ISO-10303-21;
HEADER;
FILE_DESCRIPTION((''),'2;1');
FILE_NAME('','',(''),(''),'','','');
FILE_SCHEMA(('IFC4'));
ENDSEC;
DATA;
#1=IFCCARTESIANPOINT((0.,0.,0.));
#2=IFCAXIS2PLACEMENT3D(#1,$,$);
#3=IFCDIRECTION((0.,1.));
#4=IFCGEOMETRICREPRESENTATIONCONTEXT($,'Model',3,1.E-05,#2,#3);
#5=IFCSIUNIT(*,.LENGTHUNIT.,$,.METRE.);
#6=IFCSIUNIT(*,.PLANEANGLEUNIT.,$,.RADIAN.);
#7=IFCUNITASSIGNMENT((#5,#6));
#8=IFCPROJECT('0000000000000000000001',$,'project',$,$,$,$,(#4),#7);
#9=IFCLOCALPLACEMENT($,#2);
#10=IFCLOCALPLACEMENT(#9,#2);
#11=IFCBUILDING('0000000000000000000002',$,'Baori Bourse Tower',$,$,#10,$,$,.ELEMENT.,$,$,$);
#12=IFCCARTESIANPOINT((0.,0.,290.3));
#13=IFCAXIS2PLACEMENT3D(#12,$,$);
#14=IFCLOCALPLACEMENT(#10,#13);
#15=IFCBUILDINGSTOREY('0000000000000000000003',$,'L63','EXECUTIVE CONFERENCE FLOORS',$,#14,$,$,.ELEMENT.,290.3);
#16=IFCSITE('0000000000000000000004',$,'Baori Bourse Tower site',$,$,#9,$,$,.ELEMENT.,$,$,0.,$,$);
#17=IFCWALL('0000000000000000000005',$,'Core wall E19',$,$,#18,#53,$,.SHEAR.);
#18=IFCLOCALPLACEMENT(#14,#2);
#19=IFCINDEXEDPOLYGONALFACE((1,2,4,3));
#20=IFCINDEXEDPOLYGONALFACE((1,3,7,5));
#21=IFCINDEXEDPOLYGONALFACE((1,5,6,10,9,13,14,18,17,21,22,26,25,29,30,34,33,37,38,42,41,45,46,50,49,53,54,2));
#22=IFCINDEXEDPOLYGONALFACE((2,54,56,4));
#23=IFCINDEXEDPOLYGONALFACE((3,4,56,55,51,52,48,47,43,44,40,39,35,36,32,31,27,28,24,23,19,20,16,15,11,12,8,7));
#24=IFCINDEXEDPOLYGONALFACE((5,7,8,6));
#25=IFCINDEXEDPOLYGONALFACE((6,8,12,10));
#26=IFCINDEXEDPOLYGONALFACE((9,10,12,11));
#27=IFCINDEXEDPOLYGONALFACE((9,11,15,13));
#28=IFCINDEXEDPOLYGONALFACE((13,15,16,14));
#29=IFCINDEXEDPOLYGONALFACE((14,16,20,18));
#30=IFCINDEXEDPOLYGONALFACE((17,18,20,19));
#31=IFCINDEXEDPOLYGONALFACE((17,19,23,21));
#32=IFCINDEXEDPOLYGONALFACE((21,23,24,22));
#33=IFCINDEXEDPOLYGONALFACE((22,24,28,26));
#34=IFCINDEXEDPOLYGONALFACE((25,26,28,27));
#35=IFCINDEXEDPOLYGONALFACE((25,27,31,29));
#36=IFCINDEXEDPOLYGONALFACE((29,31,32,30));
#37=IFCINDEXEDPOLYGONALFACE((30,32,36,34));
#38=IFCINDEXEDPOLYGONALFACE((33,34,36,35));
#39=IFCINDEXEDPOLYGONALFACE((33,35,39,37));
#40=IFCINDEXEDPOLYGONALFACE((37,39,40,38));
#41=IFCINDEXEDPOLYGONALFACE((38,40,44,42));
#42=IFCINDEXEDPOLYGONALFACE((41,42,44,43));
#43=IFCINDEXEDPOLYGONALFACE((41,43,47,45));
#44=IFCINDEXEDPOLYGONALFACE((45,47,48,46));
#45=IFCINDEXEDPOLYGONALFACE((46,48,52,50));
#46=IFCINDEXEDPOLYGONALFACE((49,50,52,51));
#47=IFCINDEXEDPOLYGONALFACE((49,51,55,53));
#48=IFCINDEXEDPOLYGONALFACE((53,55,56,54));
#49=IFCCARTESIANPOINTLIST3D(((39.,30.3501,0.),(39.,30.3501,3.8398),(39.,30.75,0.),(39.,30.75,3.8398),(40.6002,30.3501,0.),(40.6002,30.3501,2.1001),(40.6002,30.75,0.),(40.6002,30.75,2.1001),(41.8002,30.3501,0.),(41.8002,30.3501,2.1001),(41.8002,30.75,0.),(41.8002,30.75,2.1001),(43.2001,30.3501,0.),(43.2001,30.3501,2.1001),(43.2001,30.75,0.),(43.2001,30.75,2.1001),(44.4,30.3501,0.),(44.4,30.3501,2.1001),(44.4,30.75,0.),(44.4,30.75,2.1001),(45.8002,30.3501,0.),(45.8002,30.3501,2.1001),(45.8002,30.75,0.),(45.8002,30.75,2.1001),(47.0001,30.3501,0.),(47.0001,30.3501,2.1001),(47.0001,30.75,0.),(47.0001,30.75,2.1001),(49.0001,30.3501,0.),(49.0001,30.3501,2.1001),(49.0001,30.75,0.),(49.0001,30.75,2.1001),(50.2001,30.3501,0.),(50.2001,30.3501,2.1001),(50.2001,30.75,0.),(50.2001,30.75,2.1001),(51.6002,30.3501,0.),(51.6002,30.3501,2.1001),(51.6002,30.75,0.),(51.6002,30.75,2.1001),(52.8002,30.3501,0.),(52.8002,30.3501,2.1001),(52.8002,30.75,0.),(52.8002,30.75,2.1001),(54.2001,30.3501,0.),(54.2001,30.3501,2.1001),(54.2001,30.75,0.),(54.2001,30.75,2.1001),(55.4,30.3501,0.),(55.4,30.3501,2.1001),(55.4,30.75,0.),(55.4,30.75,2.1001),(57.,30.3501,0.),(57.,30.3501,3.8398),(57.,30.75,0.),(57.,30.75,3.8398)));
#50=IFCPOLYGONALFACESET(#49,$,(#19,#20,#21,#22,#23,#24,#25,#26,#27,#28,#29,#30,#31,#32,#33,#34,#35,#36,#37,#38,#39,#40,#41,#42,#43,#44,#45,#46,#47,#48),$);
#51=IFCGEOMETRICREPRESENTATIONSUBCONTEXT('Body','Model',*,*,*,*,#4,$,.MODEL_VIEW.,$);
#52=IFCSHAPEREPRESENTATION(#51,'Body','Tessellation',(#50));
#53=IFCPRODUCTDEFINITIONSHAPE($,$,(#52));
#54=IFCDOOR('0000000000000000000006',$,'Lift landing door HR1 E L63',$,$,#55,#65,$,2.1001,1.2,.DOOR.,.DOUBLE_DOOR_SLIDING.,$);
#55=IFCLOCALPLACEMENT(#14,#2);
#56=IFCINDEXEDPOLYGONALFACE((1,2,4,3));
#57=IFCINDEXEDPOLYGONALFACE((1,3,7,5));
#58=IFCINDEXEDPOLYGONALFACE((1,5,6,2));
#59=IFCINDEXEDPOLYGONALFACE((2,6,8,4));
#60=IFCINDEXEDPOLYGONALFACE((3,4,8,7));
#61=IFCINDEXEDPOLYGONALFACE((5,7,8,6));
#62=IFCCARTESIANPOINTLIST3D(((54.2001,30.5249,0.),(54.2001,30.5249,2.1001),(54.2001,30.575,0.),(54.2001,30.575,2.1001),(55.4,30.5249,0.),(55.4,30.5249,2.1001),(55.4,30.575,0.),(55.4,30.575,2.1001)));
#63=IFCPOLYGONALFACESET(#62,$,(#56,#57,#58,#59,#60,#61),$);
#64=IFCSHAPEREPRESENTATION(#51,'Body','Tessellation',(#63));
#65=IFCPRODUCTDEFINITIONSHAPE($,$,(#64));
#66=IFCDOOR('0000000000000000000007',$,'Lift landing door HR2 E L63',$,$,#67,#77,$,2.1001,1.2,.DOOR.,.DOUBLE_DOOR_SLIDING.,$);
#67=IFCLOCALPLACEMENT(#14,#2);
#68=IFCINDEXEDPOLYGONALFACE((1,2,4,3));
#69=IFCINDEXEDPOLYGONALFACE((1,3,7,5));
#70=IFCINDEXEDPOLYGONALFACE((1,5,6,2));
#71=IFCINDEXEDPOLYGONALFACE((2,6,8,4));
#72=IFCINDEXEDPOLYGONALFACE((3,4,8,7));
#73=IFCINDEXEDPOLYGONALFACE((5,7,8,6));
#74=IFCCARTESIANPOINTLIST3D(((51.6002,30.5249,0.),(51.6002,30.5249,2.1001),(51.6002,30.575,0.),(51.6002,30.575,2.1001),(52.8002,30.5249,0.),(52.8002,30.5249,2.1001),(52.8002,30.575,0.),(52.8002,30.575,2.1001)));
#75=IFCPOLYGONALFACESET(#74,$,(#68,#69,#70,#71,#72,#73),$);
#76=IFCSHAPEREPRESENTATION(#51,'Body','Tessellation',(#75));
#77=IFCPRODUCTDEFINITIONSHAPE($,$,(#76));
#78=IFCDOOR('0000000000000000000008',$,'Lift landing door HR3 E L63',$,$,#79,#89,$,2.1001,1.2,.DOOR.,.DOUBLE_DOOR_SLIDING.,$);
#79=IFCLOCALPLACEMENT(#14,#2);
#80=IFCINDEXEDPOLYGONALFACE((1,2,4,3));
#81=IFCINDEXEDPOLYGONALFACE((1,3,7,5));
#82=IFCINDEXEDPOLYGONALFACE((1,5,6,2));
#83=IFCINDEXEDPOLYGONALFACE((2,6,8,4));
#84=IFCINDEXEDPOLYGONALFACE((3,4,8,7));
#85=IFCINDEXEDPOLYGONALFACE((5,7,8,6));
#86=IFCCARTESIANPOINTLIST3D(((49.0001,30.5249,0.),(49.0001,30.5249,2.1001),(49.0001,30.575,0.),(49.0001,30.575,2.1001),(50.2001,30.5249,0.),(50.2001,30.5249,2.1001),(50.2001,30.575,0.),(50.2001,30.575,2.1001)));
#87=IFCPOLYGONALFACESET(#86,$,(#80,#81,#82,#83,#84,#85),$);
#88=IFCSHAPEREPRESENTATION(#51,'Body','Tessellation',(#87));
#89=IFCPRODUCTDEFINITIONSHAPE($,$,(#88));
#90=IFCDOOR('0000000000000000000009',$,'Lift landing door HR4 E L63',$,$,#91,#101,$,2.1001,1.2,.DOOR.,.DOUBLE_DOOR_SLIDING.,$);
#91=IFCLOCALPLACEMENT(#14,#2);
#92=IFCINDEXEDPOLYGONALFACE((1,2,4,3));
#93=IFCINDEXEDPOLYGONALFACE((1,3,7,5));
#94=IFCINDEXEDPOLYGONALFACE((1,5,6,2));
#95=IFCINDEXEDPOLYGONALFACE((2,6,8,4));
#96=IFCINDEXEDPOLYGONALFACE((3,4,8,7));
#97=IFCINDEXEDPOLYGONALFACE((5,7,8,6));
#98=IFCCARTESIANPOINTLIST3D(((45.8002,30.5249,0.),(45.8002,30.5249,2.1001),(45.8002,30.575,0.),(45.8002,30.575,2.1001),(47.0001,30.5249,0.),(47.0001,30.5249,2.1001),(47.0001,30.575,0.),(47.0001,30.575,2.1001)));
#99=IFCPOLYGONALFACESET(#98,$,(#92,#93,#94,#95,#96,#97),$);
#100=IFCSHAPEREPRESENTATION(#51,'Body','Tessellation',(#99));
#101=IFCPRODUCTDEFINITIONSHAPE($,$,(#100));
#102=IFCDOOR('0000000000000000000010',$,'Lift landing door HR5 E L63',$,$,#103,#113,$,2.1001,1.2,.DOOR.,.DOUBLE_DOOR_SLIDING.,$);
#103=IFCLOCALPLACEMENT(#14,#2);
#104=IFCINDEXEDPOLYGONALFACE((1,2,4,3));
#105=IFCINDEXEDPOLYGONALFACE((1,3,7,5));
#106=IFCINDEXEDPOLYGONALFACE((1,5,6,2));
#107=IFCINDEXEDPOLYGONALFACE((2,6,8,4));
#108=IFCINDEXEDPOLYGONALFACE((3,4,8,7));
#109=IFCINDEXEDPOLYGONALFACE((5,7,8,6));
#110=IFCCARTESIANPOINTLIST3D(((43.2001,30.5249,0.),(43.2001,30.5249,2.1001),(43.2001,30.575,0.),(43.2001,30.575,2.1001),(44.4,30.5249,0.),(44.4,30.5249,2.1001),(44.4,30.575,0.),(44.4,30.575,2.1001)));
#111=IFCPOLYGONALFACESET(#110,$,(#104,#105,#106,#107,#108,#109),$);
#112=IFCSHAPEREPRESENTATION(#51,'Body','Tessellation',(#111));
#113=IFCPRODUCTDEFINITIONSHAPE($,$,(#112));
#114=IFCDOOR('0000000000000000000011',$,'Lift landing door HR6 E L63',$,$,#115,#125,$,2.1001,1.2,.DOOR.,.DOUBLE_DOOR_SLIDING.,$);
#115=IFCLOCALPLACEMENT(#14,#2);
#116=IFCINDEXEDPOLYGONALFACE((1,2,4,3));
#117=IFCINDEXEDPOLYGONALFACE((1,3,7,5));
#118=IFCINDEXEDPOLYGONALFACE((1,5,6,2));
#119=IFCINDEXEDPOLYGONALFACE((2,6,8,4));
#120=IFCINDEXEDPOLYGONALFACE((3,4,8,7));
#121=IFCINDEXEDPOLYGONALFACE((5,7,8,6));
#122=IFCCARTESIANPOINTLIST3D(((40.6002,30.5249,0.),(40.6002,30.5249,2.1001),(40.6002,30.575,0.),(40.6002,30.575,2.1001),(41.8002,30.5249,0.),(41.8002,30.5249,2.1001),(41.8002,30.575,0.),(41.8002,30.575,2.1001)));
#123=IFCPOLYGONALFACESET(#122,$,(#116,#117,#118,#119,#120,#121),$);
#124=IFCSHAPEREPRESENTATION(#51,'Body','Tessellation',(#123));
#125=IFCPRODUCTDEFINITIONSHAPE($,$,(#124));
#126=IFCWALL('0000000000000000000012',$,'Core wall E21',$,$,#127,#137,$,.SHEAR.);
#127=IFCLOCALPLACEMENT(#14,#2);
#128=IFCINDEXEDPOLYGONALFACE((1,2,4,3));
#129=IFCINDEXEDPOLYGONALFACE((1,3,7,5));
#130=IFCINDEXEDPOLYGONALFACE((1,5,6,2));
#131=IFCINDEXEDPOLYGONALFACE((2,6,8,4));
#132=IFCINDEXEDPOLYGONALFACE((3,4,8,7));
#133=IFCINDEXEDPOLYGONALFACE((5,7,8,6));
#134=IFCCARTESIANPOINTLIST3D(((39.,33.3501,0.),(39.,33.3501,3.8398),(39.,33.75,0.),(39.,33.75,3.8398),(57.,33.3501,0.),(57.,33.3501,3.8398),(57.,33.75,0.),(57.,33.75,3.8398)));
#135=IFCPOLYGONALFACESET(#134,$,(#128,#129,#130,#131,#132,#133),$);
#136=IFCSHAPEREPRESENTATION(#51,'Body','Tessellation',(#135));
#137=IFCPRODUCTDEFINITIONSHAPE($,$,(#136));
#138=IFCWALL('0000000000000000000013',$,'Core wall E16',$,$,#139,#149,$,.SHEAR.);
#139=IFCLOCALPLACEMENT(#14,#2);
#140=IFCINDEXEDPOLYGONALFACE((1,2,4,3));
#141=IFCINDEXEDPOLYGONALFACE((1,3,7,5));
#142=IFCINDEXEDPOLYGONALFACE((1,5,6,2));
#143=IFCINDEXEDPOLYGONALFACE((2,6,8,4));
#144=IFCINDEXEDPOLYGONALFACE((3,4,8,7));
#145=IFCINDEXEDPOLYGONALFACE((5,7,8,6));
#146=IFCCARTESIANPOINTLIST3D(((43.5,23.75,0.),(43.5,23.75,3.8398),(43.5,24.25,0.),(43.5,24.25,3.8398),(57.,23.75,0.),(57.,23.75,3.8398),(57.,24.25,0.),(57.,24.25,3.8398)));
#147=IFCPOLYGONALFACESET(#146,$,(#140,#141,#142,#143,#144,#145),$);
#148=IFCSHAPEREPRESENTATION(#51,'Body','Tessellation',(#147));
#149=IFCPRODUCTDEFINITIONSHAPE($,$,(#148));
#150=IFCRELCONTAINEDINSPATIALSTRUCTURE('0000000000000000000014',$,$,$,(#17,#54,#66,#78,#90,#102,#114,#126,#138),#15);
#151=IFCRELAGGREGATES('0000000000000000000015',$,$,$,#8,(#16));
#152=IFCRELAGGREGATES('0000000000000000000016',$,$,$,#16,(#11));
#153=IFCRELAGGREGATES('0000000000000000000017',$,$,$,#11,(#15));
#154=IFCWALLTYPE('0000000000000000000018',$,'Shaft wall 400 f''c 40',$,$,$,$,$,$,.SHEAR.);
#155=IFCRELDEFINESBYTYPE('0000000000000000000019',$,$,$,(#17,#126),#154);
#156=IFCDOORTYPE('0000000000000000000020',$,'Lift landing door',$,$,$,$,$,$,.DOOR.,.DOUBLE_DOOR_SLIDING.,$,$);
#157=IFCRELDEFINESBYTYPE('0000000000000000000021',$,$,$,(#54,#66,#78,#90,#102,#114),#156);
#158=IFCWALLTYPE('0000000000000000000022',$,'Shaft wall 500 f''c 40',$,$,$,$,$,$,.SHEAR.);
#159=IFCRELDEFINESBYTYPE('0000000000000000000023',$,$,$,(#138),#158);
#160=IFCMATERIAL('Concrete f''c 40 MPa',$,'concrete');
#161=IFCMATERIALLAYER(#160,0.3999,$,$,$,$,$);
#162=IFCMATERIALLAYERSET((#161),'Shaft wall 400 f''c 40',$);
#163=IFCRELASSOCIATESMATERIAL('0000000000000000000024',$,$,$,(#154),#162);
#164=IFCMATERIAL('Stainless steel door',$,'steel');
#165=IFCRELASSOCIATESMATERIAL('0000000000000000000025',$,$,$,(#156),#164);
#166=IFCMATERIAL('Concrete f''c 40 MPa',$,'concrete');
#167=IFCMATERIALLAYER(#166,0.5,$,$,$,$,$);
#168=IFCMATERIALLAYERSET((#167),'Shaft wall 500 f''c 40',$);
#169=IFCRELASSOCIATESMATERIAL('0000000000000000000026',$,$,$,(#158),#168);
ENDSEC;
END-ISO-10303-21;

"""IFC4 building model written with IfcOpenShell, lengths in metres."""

from ifc_helpers import new_model, si_unit, direction, frame, frame_2d, origin, place, context, subcontext, project, spatial, rectangle, extrude, material, layer, layer_set, type_object, element, fill, save


model = new_model("IFC4")

# Units and contexts
model_context = context("Model", 3, precision=1e-05, world=origin(), true_north=direction((0.0, 1.0)))
body_context = subcontext(model_context, "Body", "Model", "MODEL_VIEW")
ifc_project = project(units=[si_unit("LENGTHUNIT", "METRE"), si_unit("PLANEANGLEUNIT", "RADIAN")], contexts=[model_context])

# Site, building, storey
site_placement = place(None, origin())
site = spatial("IfcSite", under=ifc_project, at=site_placement, Name="Baori Bourse Tower site", CompositionType="ELEMENT", RefElevation=0.0)
building_placement = place(site_placement, origin())
building = spatial("IfcBuilding", under=site, at=building_placement, Name="Baori Bourse Tower", CompositionType="ELEMENT")
storey_placement = place(building_placement, frame((0.0, 0.0, 290.3)))
storey = spatial("IfcBuildingStorey", under=building, at=storey_placement, Name="L63", Description="EXECUTIVE CONFERENCE FLOORS", CompositionType="ELEMENT", Elevation=290.3)

# Wall, openings, doors
ifc_material_1 = material(Name="Concrete f'c 40 MPa", Category="concrete")
ifc_layer_1 = layer(ifc_material_1, 0.3999)
ifc_layer_set_1 = layer_set([ifc_layer_1], Name="Shaft wall 400 f'c 40")
wall_type_1 = type_object("IfcWallType", Name="Shaft wall 400 f'c 40", PredefinedType="SHEAR", material=ifc_layer_set_1)
ifc_material_2 = material(Name="Stainless steel door", Category="steel")
door_type_1 = type_object("IfcDoorType", Name="Lift landing door", OperationType="DOUBLE_DOOR_SLIDING", PredefinedType="DOOR", material=ifc_material_2)
wall_1_placement = place(storey_placement, frame((39.0, 30.55, 0.0), z_axis=(0.0, 0.0, 1.0), x_axis=(1.0, 0.0, 0.0)))
wall_1 = element("IfcWall", 1, at=wall_1_placement, inside=storey, type_object=wall_type_1, Name="Core wall E19", PredefinedType="SHEAR", context=body_context, shape_type="SweptSolid", body=[
    extrude(rectangle(XDim=18.0, YDim=0.3999, at=frame_2d((9.0, 0.0))), origin(), (0.0, 0.0, 1.0), 3.8398),
])
opening_1_placement = place(wall_1_placement, frame((15.2, 0.0, 0.0)))
opening_1 = element("IfcOpeningElement", 2, at=opening_1_placement, cuts=wall_1, PredefinedType="OPENING", context=body_context, shape_type="SweptSolid", body=[
    extrude(rectangle(XDim=1.2, YDim=2.1001, at=frame_2d((0.6001, 1.05))), frame((0.0, 0.21, 0.0), z_axis=(0.0, -1.0, 0.0), x_axis=(1.0, 0.0, 0.0)), (0.0, 0.0, 1.0), 0.4199),
])
opening_2_placement = place(wall_1_placement, frame((12.6001, 0.0, 0.0)))
opening_2 = element("IfcOpeningElement", 3, at=opening_2_placement, cuts=wall_1, PredefinedType="OPENING", context=body_context, shape_type="SweptSolid", body=[
    extrude(rectangle(XDim=1.2, YDim=2.1001, at=frame_2d((0.6001, 1.05))), frame((0.0, 0.21, 0.0), z_axis=(0.0, -1.0, 0.0), x_axis=(1.0, 0.0, 0.0)), (0.0, 0.0, 1.0), 0.4199),
])
opening_3_placement = place(wall_1_placement, frame((10.0, 0.0, 0.0)))
opening_3 = element("IfcOpeningElement", 4, at=opening_3_placement, cuts=wall_1, PredefinedType="OPENING", context=body_context, shape_type="SweptSolid", body=[
    extrude(rectangle(XDim=1.2, YDim=2.1001, at=frame_2d((0.6001, 1.05))), frame((0.0, 0.21, 0.0), z_axis=(0.0, -1.0, 0.0), x_axis=(1.0, 0.0, 0.0)), (0.0, 0.0, 1.0), 0.4199),
])
opening_4_placement = place(wall_1_placement, frame((6.8, 0.0, 0.0)))
opening_4 = element("IfcOpeningElement", 5, at=opening_4_placement, cuts=wall_1, PredefinedType="OPENING", context=body_context, shape_type="SweptSolid", body=[
    extrude(rectangle(XDim=1.2, YDim=2.1001, at=frame_2d((0.6001, 1.05))), frame((0.0, 0.21, 0.0), z_axis=(0.0, -1.0, 0.0), x_axis=(1.0, 0.0, 0.0)), (0.0, 0.0, 1.0), 0.4199),
])
opening_5_placement = place(wall_1_placement, frame((4.2, 0.0, 0.0)))
opening_5 = element("IfcOpeningElement", 6, at=opening_5_placement, cuts=wall_1, PredefinedType="OPENING", context=body_context, shape_type="SweptSolid", body=[
    extrude(rectangle(XDim=1.2, YDim=2.1001, at=frame_2d((0.6001, 1.05))), frame((0.0, 0.21, 0.0), z_axis=(0.0, -1.0, 0.0), x_axis=(1.0, 0.0, 0.0)), (0.0, 0.0, 1.0), 0.4199),
])
opening_6_placement = place(wall_1_placement, frame((1.6001, 0.0, 0.0)))
opening_6 = element("IfcOpeningElement", 7, at=opening_6_placement, cuts=wall_1, PredefinedType="OPENING", context=body_context, shape_type="SweptSolid", body=[
    extrude(rectangle(XDim=1.2, YDim=2.1001, at=frame_2d((0.6001, 1.05))), frame((0.0, 0.21, 0.0), z_axis=(0.0, -1.0, 0.0), x_axis=(1.0, 0.0, 0.0)), (0.0, 0.0, 1.0), 0.4199),
])
door_1_placement = place(opening_1_placement, origin())
door_1 = element("IfcDoor", 8, at=door_1_placement, inside=storey, type_object=door_type_1, Name="Lift landing door HR1 E L63", OperationType="DOUBLE_DOOR_SLIDING", OverallHeight=2.1001, OverallWidth=1.2, PredefinedType="DOOR", context=body_context, shape_type="SweptSolid", body=[
    extrude(rectangle(XDim=1.2, YDim=2.1001, at=frame_2d((0.6001, 1.05))), frame((0.0, 0.0249, 0.0), z_axis=(0.0, -1.0, 0.0), x_axis=(1.0, 0.0, 0.0)), (0.0, 0.0, 1.0), 0.05),
])
fill(opening_1, door_1)
door_2_placement = place(opening_2_placement, origin())
door_2 = element("IfcDoor", 9, at=door_2_placement, inside=storey, type_object=door_type_1, Name="Lift landing door HR2 E L63", OperationType="DOUBLE_DOOR_SLIDING", OverallHeight=2.1001, OverallWidth=1.2, PredefinedType="DOOR", context=body_context, shape_type="SweptSolid", body=[
    extrude(rectangle(XDim=1.2, YDim=2.1001, at=frame_2d((0.6001, 1.05))), frame((0.0, 0.0249, 0.0), z_axis=(0.0, -1.0, 0.0), x_axis=(1.0, 0.0, 0.0)), (0.0, 0.0, 1.0), 0.05),
])
fill(opening_2, door_2)
door_3_placement = place(opening_3_placement, origin())
door_3 = element("IfcDoor", 10, at=door_3_placement, inside=storey, type_object=door_type_1, Name="Lift landing door HR3 E L63", OperationType="DOUBLE_DOOR_SLIDING", OverallHeight=2.1001, OverallWidth=1.2, PredefinedType="DOOR", context=body_context, shape_type="SweptSolid", body=[
    extrude(rectangle(XDim=1.2, YDim=2.1001, at=frame_2d((0.6001, 1.05))), frame((0.0, 0.0249, 0.0), z_axis=(0.0, -1.0, 0.0), x_axis=(1.0, 0.0, 0.0)), (0.0, 0.0, 1.0), 0.05),
])
fill(opening_3, door_3)
door_4_placement = place(opening_4_placement, origin())
door_4 = element("IfcDoor", 11, at=door_4_placement, inside=storey, type_object=door_type_1, Name="Lift landing door HR4 E L63", OperationType="DOUBLE_DOOR_SLIDING", OverallHeight=2.1001, OverallWidth=1.2, PredefinedType="DOOR", context=body_context, shape_type="SweptSolid", body=[
    extrude(rectangle(XDim=1.2, YDim=2.1001, at=frame_2d((0.6001, 1.05))), frame((0.0, 0.0249, 0.0), z_axis=(0.0, -1.0, 0.0), x_axis=(1.0, 0.0, 0.0)), (0.0, 0.0, 1.0), 0.05),
])
fill(opening_4, door_4)
door_5_placement = place(opening_5_placement, origin())
door_5 = element("IfcDoor", 12, at=door_5_placement, inside=storey, type_object=door_type_1, Name="Lift landing door HR5 E L63", OperationType="DOUBLE_DOOR_SLIDING", OverallHeight=2.1001, OverallWidth=1.2, PredefinedType="DOOR", context=body_context, shape_type="SweptSolid", body=[
    extrude(rectangle(XDim=1.2, YDim=2.1001, at=frame_2d((0.6001, 1.05))), frame((0.0, 0.0249, 0.0), z_axis=(0.0, -1.0, 0.0), x_axis=(1.0, 0.0, 0.0)), (0.0, 0.0, 1.0), 0.05),
])
fill(opening_5, door_5)
door_6_placement = place(opening_6_placement, origin())
door_6 = element("IfcDoor", 13, at=door_6_placement, inside=storey, type_object=door_type_1, Name="Lift landing door HR6 E L63", OperationType="DOUBLE_DOOR_SLIDING", OverallHeight=2.1001, OverallWidth=1.2, PredefinedType="DOOR", context=body_context, shape_type="SweptSolid", body=[
    extrude(rectangle(XDim=1.2, YDim=2.1001, at=frame_2d((0.6001, 1.05))), frame((0.0, 0.0249, 0.0), z_axis=(0.0, -1.0, 0.0), x_axis=(1.0, 0.0, 0.0)), (0.0, 0.0, 1.0), 0.05),
])
fill(opening_6, door_6)

# Walls
wall_2_placement = place(storey_placement, frame((39.0, 33.55, 0.0), z_axis=(0.0, 0.0, 1.0), x_axis=(1.0, 0.0, 0.0)))
element("IfcWall", 14, at=wall_2_placement, inside=storey, type_object=wall_type_1, Name="Core wall E21", PredefinedType="SHEAR", context=body_context, shape_type="SweptSolid", body=[
    extrude(rectangle(XDim=18.0, YDim=0.3999, at=frame_2d((9.0, 0.0))), origin(), (0.0, 0.0, 1.0), 3.8398),
])
ifc_material_3 = material(Name="Concrete f'c 40 MPa", Category="concrete")
ifc_layer_2 = layer(ifc_material_3, 0.5)
ifc_layer_set_2 = layer_set([ifc_layer_2], Name="Shaft wall 500 f'c 40")
wall_type_2 = type_object("IfcWallType", Name="Shaft wall 500 f'c 40", PredefinedType="SHEAR", material=ifc_layer_set_2)
wall_3_placement = place(storey_placement, frame((43.5, 24.0, 0.0), z_axis=(0.0, 0.0, 1.0), x_axis=(1.0, 0.0, 0.0)))
element("IfcWall", 15, at=wall_3_placement, inside=storey, type_object=wall_type_2, Name="Core wall E16", PredefinedType="SHEAR", context=body_context, shape_type="SweptSolid", body=[
    extrude(rectangle(XDim=13.5, YDim=0.5, at=frame_2d((6.75, 0.0))), origin(), (0.0, 0.0, 1.0), 3.8398),
])

save(model, "model.ifc")
